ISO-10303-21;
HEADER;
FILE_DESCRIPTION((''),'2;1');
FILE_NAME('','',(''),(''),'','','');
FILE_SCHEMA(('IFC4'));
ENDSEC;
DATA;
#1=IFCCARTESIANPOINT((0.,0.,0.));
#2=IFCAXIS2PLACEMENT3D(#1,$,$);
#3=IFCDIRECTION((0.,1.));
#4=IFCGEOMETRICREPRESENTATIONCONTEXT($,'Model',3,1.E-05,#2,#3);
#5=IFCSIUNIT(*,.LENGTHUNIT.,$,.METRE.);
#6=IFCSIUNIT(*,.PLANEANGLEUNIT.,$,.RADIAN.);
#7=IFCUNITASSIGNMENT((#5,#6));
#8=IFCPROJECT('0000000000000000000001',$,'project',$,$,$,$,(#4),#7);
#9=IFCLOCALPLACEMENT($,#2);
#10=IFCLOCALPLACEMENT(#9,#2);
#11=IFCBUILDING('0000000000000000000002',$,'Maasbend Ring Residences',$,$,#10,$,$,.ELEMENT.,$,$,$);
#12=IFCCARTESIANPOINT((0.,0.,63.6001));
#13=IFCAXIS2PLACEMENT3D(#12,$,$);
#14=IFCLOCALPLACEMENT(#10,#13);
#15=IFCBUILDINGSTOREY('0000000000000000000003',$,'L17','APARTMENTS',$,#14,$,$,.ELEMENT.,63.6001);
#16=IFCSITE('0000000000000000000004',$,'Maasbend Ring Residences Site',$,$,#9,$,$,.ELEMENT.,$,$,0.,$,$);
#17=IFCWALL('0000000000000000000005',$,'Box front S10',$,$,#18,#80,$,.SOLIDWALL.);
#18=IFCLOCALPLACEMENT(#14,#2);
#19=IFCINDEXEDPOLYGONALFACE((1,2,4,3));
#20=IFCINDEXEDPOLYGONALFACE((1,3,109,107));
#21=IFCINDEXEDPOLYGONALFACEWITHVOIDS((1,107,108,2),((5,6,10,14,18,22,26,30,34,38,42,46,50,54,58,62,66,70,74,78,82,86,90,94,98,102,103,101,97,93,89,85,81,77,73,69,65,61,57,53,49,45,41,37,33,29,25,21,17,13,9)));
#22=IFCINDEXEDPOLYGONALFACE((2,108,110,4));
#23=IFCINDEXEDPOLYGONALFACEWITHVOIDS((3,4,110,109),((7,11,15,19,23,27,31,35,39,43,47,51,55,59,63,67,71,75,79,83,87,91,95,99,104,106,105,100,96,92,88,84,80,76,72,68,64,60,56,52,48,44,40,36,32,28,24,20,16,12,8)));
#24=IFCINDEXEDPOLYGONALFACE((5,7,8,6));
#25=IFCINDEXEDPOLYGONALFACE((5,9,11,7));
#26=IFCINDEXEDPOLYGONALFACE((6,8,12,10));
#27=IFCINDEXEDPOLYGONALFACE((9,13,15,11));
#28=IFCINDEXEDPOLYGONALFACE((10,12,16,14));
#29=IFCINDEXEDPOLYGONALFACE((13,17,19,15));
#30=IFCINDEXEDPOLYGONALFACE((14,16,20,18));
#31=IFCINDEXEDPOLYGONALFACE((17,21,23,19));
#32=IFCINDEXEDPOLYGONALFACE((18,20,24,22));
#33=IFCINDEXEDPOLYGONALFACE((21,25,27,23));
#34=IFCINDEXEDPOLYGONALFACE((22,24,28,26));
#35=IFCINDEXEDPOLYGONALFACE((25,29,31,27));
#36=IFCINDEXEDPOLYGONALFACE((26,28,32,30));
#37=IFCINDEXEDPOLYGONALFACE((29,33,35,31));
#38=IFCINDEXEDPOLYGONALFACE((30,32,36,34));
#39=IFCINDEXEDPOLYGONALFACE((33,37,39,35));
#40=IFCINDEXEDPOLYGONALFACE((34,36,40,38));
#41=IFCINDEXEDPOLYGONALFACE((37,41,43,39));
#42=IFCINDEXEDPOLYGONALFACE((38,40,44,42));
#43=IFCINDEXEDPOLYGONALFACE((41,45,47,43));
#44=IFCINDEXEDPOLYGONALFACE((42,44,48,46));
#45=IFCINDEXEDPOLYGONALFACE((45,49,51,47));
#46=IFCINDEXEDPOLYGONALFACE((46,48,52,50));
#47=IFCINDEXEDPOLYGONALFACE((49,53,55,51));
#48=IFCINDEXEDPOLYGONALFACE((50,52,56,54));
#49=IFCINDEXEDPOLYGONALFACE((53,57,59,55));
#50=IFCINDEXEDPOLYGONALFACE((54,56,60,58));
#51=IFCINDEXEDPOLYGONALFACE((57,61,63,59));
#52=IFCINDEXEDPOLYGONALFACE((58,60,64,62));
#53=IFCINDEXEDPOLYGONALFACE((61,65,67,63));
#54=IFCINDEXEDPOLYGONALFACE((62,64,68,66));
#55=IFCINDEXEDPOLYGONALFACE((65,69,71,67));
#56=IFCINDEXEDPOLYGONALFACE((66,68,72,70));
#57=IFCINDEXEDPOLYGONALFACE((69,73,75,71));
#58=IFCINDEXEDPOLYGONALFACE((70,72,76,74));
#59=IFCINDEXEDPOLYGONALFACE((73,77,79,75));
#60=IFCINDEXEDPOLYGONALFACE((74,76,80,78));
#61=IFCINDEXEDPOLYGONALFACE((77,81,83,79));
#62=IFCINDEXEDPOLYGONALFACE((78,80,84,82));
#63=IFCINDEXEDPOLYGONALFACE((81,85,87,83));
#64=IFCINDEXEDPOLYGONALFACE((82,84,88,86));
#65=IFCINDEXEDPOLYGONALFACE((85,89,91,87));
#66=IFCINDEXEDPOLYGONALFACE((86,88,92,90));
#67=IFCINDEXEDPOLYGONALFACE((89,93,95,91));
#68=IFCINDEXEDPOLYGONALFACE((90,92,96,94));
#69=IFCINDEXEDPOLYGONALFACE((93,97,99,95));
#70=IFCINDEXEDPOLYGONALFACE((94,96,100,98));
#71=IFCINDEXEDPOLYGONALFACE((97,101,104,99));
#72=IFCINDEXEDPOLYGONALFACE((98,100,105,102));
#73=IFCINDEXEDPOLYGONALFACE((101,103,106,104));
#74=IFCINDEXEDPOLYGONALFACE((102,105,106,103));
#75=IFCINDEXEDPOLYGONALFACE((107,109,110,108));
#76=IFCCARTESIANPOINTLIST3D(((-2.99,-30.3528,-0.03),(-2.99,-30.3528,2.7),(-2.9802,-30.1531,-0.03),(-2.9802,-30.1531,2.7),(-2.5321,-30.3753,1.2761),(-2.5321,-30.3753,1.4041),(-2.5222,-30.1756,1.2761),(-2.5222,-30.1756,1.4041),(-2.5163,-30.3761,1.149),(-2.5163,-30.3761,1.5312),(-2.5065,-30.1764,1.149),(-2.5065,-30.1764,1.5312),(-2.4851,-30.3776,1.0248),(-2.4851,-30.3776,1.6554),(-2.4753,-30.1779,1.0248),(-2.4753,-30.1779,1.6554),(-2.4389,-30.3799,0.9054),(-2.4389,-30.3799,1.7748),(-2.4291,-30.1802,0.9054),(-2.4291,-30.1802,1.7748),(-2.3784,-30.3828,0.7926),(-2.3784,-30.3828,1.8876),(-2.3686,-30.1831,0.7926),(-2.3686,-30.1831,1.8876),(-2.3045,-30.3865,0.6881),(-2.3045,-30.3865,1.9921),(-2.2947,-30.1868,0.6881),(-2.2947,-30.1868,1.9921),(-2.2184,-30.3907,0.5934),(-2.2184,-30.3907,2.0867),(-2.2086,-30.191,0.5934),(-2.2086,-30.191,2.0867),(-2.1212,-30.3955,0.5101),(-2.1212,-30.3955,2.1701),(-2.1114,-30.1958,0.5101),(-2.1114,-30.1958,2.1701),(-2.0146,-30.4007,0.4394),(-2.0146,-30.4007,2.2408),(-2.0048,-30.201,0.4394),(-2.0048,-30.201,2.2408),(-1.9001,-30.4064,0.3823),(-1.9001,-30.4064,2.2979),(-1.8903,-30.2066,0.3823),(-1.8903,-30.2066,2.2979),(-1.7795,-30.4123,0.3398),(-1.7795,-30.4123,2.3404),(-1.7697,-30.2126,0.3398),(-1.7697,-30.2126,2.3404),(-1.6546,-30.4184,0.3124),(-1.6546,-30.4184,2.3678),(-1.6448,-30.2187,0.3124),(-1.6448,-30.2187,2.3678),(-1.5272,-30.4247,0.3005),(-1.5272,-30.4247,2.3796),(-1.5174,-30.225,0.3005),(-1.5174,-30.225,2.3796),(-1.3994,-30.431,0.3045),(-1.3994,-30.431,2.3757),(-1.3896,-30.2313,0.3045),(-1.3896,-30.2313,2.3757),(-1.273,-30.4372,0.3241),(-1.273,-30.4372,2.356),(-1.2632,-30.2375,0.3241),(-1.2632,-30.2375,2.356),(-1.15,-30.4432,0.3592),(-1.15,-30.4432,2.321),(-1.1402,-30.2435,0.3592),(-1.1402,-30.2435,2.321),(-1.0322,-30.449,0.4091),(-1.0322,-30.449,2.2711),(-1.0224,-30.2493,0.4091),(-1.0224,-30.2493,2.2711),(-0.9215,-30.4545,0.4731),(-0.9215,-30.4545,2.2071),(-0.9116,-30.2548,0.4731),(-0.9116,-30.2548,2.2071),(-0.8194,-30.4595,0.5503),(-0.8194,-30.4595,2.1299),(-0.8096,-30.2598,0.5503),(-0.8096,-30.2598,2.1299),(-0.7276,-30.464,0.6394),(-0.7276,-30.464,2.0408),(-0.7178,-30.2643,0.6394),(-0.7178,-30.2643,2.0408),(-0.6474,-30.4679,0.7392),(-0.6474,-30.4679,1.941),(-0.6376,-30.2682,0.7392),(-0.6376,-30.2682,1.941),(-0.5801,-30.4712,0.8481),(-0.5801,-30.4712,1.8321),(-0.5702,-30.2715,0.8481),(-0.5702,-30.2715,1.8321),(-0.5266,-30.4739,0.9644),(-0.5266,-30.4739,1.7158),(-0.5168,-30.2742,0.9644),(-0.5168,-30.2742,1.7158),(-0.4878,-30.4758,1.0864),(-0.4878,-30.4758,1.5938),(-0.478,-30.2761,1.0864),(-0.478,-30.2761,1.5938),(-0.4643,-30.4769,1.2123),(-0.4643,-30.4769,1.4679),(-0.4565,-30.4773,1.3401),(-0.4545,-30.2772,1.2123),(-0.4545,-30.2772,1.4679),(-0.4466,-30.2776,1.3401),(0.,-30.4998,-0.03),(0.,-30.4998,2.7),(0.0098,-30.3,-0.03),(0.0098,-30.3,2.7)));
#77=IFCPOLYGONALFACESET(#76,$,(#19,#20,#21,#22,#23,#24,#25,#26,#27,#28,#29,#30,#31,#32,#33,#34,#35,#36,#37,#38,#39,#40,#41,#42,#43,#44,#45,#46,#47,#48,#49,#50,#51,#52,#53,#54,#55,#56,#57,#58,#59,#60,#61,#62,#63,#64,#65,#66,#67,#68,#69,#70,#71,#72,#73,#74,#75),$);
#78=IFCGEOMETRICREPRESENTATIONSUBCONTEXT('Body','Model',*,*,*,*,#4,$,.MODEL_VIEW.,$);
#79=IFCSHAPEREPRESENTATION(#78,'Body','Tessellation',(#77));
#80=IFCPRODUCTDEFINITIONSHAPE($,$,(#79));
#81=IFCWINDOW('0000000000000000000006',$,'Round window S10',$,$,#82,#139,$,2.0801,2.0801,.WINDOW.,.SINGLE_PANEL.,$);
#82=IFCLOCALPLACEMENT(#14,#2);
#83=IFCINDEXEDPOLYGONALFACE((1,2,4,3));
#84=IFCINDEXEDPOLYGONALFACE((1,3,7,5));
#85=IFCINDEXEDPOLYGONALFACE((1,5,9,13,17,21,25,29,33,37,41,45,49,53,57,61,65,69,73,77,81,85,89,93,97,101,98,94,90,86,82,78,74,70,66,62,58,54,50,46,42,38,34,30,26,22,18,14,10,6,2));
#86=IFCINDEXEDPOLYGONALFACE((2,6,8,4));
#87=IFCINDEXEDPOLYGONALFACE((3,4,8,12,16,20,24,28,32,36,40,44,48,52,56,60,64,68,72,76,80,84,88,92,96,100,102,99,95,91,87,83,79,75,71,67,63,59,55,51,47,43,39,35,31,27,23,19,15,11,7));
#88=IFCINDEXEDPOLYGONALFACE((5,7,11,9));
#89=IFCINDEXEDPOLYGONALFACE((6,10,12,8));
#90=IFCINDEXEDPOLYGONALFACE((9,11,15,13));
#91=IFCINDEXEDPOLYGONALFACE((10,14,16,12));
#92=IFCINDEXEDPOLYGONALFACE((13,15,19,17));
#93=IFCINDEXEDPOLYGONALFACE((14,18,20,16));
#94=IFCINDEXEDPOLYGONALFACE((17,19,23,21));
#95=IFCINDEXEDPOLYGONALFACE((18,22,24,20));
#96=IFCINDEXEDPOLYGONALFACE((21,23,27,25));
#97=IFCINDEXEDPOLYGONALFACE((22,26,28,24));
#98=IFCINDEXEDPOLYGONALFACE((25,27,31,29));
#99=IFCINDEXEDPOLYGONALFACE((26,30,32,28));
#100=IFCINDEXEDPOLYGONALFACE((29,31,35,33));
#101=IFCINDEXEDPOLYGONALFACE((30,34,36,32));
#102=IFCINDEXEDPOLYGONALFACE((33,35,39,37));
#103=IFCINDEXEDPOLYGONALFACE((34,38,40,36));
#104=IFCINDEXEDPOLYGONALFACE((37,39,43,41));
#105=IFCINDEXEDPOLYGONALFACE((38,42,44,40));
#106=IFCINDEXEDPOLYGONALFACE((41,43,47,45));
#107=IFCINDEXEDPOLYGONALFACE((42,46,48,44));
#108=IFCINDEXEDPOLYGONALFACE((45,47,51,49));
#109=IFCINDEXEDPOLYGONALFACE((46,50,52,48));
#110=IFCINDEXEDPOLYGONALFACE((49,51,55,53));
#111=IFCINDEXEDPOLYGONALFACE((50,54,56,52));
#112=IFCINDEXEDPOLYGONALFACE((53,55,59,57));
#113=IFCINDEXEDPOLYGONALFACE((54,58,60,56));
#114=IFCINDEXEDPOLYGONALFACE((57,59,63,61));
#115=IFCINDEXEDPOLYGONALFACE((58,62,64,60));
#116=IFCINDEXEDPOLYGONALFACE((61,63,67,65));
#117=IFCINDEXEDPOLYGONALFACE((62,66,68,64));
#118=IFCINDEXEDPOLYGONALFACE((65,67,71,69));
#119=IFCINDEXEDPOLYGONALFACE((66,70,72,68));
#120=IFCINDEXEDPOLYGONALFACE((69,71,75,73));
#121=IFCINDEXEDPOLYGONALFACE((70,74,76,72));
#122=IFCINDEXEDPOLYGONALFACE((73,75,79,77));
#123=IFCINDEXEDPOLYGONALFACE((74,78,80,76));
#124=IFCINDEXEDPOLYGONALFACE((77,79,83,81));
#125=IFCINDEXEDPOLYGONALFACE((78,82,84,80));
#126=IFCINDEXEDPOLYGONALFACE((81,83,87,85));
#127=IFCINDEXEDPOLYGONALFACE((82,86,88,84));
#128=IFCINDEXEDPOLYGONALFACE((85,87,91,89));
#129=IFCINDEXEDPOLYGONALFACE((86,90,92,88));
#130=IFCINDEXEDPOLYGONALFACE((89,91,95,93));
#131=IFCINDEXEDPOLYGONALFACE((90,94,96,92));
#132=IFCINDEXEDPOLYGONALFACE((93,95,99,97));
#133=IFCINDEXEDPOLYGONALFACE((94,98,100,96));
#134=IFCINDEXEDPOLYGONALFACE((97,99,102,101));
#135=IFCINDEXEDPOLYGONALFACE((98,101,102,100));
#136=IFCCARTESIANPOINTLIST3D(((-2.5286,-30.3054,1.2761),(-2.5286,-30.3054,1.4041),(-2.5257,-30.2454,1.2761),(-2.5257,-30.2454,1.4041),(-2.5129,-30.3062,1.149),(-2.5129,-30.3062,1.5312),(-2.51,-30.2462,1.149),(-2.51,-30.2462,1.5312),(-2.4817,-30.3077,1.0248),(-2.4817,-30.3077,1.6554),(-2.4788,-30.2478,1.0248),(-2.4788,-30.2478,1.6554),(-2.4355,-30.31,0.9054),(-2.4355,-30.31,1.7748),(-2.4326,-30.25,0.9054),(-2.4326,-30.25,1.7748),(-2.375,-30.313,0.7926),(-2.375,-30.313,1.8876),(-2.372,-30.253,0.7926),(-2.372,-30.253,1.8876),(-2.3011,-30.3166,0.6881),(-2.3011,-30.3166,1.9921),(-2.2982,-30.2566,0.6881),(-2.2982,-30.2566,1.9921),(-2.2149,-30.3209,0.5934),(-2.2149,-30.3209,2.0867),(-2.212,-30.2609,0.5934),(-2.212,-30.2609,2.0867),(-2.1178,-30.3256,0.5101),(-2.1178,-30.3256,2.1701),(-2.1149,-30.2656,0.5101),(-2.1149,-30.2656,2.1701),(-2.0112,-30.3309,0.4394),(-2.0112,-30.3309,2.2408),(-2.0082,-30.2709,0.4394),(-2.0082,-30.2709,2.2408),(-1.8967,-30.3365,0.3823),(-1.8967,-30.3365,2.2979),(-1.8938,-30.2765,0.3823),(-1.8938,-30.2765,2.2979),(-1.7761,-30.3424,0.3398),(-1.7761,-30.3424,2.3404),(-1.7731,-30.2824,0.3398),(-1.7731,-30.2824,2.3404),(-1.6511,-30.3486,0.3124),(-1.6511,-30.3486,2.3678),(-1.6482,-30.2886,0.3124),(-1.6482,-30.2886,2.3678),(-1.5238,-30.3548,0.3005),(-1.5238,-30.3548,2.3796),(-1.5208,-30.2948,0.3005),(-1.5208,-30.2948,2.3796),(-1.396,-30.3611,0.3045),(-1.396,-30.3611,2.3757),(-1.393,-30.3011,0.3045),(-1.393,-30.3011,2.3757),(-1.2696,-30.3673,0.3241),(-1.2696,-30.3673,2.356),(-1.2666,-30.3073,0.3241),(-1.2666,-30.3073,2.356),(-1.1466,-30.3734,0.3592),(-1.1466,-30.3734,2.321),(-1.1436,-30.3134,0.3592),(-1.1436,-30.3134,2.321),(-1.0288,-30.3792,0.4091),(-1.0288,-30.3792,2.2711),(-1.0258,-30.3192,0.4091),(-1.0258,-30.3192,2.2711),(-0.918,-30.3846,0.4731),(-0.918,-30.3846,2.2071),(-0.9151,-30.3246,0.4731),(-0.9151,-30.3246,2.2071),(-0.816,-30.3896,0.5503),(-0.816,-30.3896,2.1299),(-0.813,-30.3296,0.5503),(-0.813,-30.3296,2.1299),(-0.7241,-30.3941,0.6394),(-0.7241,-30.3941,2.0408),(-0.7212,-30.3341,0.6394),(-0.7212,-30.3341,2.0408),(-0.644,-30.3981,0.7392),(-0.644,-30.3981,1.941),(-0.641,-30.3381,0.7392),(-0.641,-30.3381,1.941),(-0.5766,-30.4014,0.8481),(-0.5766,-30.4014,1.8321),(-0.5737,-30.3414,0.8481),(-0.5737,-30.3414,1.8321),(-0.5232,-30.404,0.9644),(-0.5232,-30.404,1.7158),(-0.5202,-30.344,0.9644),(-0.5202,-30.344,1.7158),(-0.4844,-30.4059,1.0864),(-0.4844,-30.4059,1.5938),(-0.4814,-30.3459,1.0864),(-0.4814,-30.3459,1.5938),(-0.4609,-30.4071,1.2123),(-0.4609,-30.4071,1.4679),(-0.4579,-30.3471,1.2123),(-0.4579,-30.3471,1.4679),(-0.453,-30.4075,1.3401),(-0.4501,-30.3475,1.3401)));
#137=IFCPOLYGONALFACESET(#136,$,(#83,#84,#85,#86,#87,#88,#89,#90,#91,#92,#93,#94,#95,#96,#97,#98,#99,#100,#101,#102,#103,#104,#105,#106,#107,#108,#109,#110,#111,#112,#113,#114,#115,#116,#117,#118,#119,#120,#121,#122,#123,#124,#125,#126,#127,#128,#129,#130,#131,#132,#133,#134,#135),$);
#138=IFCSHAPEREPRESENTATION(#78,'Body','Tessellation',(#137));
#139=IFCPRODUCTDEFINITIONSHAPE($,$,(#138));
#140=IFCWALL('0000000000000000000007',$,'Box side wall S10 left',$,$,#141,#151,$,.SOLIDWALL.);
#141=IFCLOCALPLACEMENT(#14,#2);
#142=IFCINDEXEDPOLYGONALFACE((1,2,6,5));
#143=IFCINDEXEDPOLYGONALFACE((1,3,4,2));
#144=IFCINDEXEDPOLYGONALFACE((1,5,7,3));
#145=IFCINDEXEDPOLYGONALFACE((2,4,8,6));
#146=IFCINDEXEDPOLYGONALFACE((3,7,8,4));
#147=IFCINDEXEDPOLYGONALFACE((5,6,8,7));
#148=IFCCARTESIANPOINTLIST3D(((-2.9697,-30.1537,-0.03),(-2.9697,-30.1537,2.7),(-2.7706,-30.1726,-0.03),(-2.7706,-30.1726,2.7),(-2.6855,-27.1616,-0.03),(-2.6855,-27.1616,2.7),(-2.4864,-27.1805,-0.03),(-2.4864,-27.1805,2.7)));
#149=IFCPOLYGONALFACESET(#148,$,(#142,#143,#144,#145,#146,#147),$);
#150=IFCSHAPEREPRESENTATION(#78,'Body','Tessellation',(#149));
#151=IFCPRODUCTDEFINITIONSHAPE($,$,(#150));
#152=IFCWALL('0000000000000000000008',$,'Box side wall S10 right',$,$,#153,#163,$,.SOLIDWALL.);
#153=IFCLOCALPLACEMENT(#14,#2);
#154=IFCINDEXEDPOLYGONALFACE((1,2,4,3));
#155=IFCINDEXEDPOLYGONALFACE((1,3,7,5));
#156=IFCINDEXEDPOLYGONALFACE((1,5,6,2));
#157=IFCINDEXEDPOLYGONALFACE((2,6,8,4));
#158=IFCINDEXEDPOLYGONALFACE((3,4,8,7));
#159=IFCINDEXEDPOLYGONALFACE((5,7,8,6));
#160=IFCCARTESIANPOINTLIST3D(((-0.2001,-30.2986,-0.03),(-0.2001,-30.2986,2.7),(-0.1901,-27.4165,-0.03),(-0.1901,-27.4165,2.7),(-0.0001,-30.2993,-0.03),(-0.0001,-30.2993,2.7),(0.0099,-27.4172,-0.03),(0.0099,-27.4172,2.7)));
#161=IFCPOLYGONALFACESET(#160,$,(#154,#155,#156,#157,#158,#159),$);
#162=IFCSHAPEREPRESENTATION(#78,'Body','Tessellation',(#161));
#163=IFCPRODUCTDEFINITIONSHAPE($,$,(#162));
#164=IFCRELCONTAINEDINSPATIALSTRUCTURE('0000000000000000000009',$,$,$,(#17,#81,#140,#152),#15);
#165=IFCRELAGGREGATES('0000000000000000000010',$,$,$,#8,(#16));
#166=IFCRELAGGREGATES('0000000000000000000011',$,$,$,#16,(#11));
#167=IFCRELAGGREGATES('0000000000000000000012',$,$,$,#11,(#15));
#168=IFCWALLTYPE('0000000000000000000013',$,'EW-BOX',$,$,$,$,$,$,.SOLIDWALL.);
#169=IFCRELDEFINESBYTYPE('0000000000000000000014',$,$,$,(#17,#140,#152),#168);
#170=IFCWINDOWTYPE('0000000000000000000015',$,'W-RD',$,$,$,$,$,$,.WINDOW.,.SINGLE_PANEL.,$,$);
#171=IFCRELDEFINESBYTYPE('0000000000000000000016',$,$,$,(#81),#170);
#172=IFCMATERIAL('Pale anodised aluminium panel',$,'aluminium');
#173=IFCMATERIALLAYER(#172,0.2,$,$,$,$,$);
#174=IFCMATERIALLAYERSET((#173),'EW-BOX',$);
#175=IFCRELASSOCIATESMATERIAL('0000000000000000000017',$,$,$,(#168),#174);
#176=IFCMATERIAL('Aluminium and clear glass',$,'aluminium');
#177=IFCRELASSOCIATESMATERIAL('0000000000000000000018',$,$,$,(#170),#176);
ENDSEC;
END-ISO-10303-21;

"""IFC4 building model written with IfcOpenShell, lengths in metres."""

from ifc_helpers import new_model, si_unit, direction, frame, frame_2d, origin, place, context, subcontext, project, spatial, rectangle, circle, extrude, material, layer, layer_set, type_object, element, fill, save


model = new_model("IFC4")

# Units and contexts
model_context = context("Model", 3, precision=1e-05, world=origin(), true_north=direction((0.0, 1.0)))
body_context = subcontext(model_context, "Body", "Model", "MODEL_VIEW")
ifc_project = project(units=[si_unit("LENGTHUNIT", "METRE"), si_unit("PLANEANGLEUNIT", "RADIAN")], contexts=[model_context])

# Site, building, storey
site_placement = place(None, origin())
site = spatial("IfcSite", under=ifc_project, at=site_placement, Name="Maasbend Ring Residences Site", CompositionType="ELEMENT", RefElevation=0.0)
building_placement = place(site_placement, origin())
building = spatial("IfcBuilding", under=site, at=building_placement, Name="Maasbend Ring Residences", CompositionType="ELEMENT")
storey_placement = place(building_placement, frame((0.0, 0.0, 63.6001)))
storey = spatial("IfcBuildingStorey", under=building, at=storey_placement, Name="L17", Description="APARTMENTS", CompositionType="ELEMENT", Elevation=63.6001)

# Shared definitions
ifc_material_1 = material(Name="Pale anodised aluminium panel", Category="aluminium")
ifc_layer_1 = layer(ifc_material_1, 0.2)
ifc_layer_set_1 = layer_set([ifc_layer_1], Name="EW-BOX")
wall_type_1 = type_object("IfcWallType", Name="EW-BOX", PredefinedType="SOLIDWALL", material=ifc_layer_set_1)
ifc_material_2 = material(Name="Aluminium and clear glass", Category="aluminium")
window_type_1 = type_object("IfcWindowType", Name="W-RD", PartitioningType="SINGLE_PANEL", PredefinedType="WINDOW", material=ifc_material_2)

# Wall, opening, window
wall_1_placement = place(storey_placement, frame((-2.9851, -30.2529, -0.03), z_axis=(0.0, 0.0, 1.0), x_axis=(0.998794, -0.049096, 0.0)))
wall_1 = element("IfcWall", 1, at=wall_1_placement, inside=storey, type_object=wall_type_1, Name="Box front S10", PredefinedType="SOLIDWALL", context=body_context, shape_type="SweptSolid", body=[
    extrude(rectangle(XDim=2.9937, YDim=0.2, at=frame_2d((1.4968, 0.0))), origin(), (0.0, 0.0, 1.0), 2.73),
])
opening_1_placement = place(wall_1_placement, frame((0.4565, 0.0, 0.3301)))
opening_1 = element("IfcOpeningElement", 2, at=opening_1_placement, cuts=wall_1, PredefinedType="OPENING", context=body_context, shape_type="SweptSolid", body=[
    extrude(circle(Radius=1.04, at=frame_2d((1.04, 1.04))), frame((0.0, 0.1099, 0.0), z_axis=(0.0, -1.0, 0.0), x_axis=(1.0, 0.0, 0.0)), (0.0, 0.0, 1.0), 0.22),
])
window_1_placement = place(opening_1_placement, origin())
window_1 = element("IfcWindow", 3, at=window_1_placement, inside=storey, type_object=window_type_1, Name="Round window S10", OverallHeight=2.0801, OverallWidth=2.0801, PartitioningType="SINGLE_PANEL", PredefinedType="WINDOW", context=body_context, shape_type="SweptSolid", body=[
    extrude(circle(Radius=1.04, at=frame_2d((1.04, 1.04))), frame((0.0, 0.03, 0.0), z_axis=(0.0, -1.0, 0.0), x_axis=(1.0, 0.0, 0.0)), (0.0, 0.0, 1.0), 0.0601),
])
fill(opening_1, window_1)

# Walls
wall_2_placement = place(storey_placement, frame((-2.5859, -27.1709, -0.03), z_axis=(0.0, 0.0, 1.0), x_axis=(-0.094548, -0.99552, 0.0)))
element("IfcWall", 4, at=wall_2_placement, inside=storey, type_object=wall_type_1, Name="Box side wall S10 left", PredefinedType="SOLIDWALL", context=body_context, shape_type="SweptSolid", body=[
    extrude(rectangle(XDim=3.0056, YDim=0.2, at=frame_2d((1.5029, 0.0))), origin(), (0.0, 0.0, 1.0), 2.73),
])
wall_3_placement = place(storey_placement, frame((-0.0901, -27.417, -0.03), z_axis=(0.0, 0.0, 1.0), x_axis=(-0.003473, -0.999994, 0.0)))
element("IfcWall", 5, at=wall_3_placement, inside=storey, type_object=wall_type_1, Name="Box side wall S10 right", PredefinedType="SOLIDWALL", context=body_context, shape_type="SweptSolid", body=[
    extrude(rectangle(XDim=2.8821, YDim=0.2, at=frame_2d((1.4409, 0.0))), origin(), (0.0, 0.0, 1.0), 2.73),
])

save(model, "model.ifc")
